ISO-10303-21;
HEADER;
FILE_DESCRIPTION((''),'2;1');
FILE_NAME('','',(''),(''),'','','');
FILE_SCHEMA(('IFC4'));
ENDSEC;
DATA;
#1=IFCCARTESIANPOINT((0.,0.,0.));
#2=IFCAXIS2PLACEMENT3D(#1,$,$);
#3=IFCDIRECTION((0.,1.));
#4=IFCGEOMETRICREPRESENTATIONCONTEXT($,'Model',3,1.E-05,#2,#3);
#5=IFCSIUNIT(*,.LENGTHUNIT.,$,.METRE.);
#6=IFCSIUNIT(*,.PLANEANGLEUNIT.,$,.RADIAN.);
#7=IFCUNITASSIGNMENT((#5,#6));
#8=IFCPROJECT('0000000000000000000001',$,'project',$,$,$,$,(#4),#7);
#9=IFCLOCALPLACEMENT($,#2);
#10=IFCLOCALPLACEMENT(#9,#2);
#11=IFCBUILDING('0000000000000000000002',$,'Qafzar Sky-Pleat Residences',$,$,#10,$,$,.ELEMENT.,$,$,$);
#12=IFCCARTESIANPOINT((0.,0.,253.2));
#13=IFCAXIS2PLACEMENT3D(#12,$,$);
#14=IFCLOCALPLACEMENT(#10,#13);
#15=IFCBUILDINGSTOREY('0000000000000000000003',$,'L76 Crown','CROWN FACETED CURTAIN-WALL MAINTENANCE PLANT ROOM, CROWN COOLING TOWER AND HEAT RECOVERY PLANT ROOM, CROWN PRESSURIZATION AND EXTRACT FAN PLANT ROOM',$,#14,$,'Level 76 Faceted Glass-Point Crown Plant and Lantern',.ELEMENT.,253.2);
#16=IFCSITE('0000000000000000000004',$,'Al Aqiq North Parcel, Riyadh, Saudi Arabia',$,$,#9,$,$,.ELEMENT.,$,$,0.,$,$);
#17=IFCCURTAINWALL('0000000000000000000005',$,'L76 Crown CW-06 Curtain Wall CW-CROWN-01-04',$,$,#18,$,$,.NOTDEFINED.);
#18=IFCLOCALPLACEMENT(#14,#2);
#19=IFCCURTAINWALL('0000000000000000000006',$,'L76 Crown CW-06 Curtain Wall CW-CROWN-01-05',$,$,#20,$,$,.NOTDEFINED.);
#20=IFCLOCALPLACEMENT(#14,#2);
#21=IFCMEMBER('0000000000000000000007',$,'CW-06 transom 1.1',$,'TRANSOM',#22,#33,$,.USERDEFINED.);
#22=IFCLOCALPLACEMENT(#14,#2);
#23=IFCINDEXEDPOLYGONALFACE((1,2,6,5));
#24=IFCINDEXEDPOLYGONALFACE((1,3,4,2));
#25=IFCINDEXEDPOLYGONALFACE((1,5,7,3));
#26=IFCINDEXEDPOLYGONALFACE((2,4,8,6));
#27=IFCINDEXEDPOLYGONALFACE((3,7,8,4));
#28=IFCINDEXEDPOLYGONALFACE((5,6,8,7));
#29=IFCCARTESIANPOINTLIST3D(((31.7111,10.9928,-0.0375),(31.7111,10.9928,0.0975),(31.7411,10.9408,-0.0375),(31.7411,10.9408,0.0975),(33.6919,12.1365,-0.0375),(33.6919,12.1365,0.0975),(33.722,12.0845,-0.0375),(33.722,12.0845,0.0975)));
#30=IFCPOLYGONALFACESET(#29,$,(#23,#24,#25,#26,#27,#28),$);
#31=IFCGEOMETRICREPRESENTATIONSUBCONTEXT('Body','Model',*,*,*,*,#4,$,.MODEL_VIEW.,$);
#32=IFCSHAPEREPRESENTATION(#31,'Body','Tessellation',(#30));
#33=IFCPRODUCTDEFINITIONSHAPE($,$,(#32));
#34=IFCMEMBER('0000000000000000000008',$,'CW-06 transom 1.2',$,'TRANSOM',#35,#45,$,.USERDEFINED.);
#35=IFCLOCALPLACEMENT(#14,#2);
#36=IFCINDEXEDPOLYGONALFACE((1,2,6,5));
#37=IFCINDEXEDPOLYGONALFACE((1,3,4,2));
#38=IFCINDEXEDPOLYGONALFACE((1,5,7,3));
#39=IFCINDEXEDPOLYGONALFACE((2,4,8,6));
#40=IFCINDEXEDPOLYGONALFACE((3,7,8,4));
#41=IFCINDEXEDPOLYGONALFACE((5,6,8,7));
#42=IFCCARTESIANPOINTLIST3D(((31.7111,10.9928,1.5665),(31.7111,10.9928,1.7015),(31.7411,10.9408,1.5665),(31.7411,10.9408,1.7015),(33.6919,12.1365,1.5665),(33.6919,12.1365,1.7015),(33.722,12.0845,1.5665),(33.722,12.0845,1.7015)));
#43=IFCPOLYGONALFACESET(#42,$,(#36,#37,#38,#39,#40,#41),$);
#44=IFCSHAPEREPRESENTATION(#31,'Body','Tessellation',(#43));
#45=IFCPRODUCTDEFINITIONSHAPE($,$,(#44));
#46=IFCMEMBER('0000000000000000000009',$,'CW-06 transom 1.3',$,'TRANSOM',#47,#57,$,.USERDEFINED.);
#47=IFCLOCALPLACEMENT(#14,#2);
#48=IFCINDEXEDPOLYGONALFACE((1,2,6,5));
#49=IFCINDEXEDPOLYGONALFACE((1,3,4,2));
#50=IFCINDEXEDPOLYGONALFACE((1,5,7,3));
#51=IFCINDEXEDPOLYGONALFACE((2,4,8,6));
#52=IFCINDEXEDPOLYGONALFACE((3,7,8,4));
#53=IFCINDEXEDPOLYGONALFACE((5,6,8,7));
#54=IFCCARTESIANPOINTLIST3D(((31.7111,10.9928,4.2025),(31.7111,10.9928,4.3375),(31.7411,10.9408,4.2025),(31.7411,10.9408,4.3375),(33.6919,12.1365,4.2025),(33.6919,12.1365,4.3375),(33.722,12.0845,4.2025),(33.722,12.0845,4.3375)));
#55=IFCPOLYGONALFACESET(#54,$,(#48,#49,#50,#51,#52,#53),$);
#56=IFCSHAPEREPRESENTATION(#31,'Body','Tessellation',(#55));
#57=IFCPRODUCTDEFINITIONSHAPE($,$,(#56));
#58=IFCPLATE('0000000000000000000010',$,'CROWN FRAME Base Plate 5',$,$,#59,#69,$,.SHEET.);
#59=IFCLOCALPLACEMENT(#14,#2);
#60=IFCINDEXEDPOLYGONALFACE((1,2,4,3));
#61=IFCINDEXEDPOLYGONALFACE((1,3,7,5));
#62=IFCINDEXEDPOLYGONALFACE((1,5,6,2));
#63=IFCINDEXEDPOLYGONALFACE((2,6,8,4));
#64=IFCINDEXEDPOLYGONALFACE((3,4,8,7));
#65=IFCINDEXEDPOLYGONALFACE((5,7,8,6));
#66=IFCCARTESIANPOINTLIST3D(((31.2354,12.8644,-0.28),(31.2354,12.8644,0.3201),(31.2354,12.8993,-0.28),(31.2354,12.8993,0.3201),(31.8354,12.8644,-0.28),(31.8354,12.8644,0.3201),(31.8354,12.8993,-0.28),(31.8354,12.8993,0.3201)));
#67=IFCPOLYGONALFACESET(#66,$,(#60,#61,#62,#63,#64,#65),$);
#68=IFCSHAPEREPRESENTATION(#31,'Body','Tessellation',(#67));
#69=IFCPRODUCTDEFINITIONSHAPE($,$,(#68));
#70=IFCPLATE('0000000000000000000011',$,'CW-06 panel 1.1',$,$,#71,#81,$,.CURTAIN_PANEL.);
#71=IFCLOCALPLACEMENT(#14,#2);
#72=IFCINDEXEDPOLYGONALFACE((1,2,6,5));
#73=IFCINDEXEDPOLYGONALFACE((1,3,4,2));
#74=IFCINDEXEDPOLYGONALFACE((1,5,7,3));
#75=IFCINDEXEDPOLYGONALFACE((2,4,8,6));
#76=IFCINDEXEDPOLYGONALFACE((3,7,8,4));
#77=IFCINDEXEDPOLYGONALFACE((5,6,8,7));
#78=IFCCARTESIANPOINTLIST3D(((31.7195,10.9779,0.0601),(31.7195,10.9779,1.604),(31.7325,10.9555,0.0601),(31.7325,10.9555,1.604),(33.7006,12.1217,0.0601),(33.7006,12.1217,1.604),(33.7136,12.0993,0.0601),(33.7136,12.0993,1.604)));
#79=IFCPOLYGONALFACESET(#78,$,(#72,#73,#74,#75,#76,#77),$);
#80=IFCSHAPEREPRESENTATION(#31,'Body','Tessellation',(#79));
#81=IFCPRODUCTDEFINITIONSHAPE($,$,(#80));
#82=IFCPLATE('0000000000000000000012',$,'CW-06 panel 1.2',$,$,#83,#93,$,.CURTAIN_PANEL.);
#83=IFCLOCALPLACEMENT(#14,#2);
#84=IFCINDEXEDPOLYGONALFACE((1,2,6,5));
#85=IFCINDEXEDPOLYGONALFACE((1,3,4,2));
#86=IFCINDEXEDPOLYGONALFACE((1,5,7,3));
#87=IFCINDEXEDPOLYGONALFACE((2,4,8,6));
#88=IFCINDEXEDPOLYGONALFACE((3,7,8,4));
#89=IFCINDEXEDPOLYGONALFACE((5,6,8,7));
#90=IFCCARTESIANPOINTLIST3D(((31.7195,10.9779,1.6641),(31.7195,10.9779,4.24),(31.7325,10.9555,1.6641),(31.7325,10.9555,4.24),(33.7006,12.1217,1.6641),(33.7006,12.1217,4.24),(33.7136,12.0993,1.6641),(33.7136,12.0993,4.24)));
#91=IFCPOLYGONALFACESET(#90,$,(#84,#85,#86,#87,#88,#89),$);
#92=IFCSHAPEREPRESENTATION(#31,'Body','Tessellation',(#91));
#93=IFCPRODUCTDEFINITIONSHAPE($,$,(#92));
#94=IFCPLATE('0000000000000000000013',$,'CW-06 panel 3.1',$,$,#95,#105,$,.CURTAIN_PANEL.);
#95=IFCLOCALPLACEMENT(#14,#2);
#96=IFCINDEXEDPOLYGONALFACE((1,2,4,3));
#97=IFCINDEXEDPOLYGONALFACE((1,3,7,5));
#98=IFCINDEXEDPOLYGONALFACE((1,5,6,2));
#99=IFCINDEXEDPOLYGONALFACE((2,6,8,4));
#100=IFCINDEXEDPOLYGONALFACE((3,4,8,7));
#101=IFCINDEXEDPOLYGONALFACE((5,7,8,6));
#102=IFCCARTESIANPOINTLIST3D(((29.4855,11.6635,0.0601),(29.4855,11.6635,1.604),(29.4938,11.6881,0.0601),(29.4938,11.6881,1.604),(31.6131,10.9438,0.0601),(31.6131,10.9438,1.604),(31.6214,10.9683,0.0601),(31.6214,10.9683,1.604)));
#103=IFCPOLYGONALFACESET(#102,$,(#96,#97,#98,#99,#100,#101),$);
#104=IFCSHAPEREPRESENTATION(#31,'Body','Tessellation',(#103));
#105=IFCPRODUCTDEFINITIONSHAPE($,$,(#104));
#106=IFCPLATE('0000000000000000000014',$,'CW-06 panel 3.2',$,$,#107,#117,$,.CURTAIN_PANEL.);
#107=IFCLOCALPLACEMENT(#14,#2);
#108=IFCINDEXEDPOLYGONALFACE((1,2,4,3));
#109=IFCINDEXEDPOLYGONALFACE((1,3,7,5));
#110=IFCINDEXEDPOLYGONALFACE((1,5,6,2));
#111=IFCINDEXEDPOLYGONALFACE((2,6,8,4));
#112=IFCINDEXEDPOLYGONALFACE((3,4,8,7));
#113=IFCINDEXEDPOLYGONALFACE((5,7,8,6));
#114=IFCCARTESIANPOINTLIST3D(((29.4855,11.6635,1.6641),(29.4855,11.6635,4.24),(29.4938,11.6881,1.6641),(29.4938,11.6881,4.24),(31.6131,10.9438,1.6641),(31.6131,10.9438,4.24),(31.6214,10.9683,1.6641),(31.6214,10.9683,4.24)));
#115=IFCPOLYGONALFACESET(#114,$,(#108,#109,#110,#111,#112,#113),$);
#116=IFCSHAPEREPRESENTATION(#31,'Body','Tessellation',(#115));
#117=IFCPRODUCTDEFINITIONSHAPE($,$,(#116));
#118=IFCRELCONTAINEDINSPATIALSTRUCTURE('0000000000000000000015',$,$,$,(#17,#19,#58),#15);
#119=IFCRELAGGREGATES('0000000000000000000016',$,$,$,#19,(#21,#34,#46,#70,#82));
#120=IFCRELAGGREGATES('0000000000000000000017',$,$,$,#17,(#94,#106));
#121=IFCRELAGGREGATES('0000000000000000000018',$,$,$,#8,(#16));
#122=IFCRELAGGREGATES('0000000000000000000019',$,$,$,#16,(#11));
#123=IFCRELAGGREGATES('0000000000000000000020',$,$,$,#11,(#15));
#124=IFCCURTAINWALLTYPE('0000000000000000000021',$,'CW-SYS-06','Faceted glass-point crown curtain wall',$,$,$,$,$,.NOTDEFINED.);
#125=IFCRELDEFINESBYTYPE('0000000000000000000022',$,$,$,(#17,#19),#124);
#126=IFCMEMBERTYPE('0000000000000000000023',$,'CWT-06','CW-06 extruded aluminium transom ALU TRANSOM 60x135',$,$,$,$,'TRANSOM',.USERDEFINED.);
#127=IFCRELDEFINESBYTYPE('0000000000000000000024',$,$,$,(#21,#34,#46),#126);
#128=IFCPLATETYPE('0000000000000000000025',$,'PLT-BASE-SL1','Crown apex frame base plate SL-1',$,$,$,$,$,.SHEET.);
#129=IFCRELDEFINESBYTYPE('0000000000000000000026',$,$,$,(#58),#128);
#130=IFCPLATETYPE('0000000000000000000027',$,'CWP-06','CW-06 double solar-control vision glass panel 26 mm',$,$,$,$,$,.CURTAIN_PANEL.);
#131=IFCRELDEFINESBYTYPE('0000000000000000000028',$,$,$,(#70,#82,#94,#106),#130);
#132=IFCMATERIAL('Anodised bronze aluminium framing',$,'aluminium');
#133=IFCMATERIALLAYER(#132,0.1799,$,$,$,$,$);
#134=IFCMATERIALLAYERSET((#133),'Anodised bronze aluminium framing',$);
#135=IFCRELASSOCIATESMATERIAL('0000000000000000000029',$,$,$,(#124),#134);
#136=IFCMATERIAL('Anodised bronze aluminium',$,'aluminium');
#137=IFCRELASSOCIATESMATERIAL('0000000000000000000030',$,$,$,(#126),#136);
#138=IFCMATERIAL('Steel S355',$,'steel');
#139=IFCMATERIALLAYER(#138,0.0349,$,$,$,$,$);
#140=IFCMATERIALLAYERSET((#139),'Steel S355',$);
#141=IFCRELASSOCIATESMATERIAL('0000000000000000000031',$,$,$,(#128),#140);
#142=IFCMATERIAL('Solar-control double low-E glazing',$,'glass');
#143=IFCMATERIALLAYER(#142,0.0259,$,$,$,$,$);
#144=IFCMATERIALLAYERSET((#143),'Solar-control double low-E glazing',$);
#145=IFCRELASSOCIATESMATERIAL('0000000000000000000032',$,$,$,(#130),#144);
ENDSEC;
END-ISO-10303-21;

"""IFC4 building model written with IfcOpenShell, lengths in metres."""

from ifc_helpers import new_model, si_unit, direction, frame, origin, origin_2d, place, context, subcontext, project, spatial, rectangle, extrude, source, transform, mapped, material, layer, layer_set, material_profile, profile_set, type_object, element, aggregate, save


model = new_model("IFC4")

# Units and contexts
model_context = context("Model", 3, precision=1e-05, world=origin(), true_north=direction((0.0, 1.0)))
body_context = subcontext(model_context, "Body", "Model", "MODEL_VIEW")
ifc_project = project(units=[si_unit("LENGTHUNIT", "METRE"), si_unit("PLANEANGLEUNIT", "RADIAN")], contexts=[model_context])

# Site, building, storey
site_placement = place(None, origin())
site = spatial("IfcSite", under=ifc_project, at=site_placement, Name="Al Aqiq North Parcel, Riyadh, Saudi Arabia", CompositionType="ELEMENT", RefElevation=0.0)
building_placement = place(site_placement, origin())
building = spatial("IfcBuilding", under=site, at=building_placement, Name="Qafzar Sky-Pleat Residences", CompositionType="ELEMENT")
storey_placement = place(building_placement, frame((0.0, 0.0, 253.2)))
storey = spatial("IfcBuildingStorey", under=building, at=storey_placement, Name="L76 Crown", Description="CROWN FACETED CURTAIN-WALL MAINTENANCE PLANT ROOM, CROWN COOLING TOWER AND HEAT RECOVERY PLANT ROOM, CROWN PRESSURIZATION AND EXTRACT FAN PLANT ROOM", LongName="Level 76 Faceted Glass-Point Crown Plant and Lantern", CompositionType="ELEMENT", Elevation=253.2)

# Shared definitions
ifc_material_1 = material(Name="Steel S355", Category="steel")

# Curtain walls
ifc_material_2 = material(Name="Anodised bronze aluminium framing", Category="aluminium")
ifc_layer_1 = layer(ifc_material_2, 0.1799)
ifc_layer_set_1 = layer_set([ifc_layer_1], Name="Anodised bronze aluminium framing")
curtain_wall_type = type_object("IfcCurtainWallType", Name="CW-SYS-06", Description="Faceted glass-point crown curtain wall", PredefinedType="NOTDEFINED", material=ifc_layer_set_1)
curtain_wall_1_placement = place(storey_placement, origin())
curtain_wall_1 = element("IfcCurtainWall", 1, at=curtain_wall_1_placement, inside=storey, type_object=curtain_wall_type, Name="L76 Crown CW-06 Curtain Wall CW-CROWN-01-04", PredefinedType="NOTDEFINED")
ifc_material_3 = material(Name="Anodised bronze aluminium", Category="aluminium")
curtain_wall_2_placement = place(storey_placement, origin())
curtain_wall_2 = element("IfcCurtainWall", 2, at=curtain_wall_2_placement, inside=storey, type_object=curtain_wall_type, Name="L76 Crown CW-06 Curtain Wall CW-CROWN-01-05", PredefinedType="NOTDEFINED")
ifc_material_profile_1 = material_profile(ifc_material_3, rectangle(XDim=0.0601, YDim=0.135, at=origin_2d()), Name="ALU TRANSOM 60x135")
ifc_profile_set_1 = profile_set([ifc_material_profile_1], Name="Anodised bronze aluminium")
member_type_1 = type_object("IfcMemberType", Name="CWT-06", Description="CW-06 extruded aluminium transom ALU TRANSOM 60x135", ElementType="TRANSOM", PredefinedType="USERDEFINED", material=ifc_profile_set_1)

# Members
shared_shape_1 = source(origin(), body_context, "Body", "SweptSolid", [
    extrude(rectangle(XDim=0.0601, YDim=0.135, at=origin_2d()), origin(), (0.0, 0.0, 1.0), 2.2874),
])
member_1_placement = place(storey_placement, frame((31.7261, 10.9668, 0.03), z_axis=(0.866008, 0.50003, 0.0), x_axis=(-0.50003, 0.866008, 0.0)))
member_1 = element("IfcMember", 3, at=member_1_placement, type_object=member_type_1, Name="CW-06 transom 1.1", ObjectType="TRANSOM", PredefinedType="USERDEFINED", context=body_context, shape_type="MappedRepresentation", body=[
    mapped(shared_shape_1, transform((0.0, 0.0, 0.0), x_axis=(1.0, 0.0, 0.0), y_axis=(0.0, 1.0, 0.0), z_axis=(0.0, 0.0, 1.0), scale=1.0)),
])
member_2_placement = place(storey_placement, frame((31.7261, 10.9668, 1.634), z_axis=(0.866008, 0.50003, 0.0), x_axis=(-0.50003, 0.866008, 0.0)))
member_2 = element("IfcMember", 4, at=member_2_placement, type_object=member_type_1, Name="CW-06 transom 1.2", ObjectType="TRANSOM", PredefinedType="USERDEFINED", context=body_context, shape_type="MappedRepresentation", body=[
    mapped(shared_shape_1, transform((0.0, 0.0, 0.0), x_axis=(1.0, 0.0, 0.0), y_axis=(0.0, 1.0, 0.0), z_axis=(0.0, 0.0, 1.0), scale=1.0)),
])
member_3_placement = place(storey_placement, frame((31.7261, 10.9668, 4.27), z_axis=(0.866008, 0.50003, 0.0), x_axis=(-0.50003, 0.866008, 0.0)))
member_3 = element("IfcMember", 5, at=member_3_placement, type_object=member_type_1, Name="CW-06 transom 1.3", ObjectType="TRANSOM", PredefinedType="USERDEFINED", context=body_context, shape_type="MappedRepresentation", body=[
    mapped(shared_shape_1, transform((0.0, 0.0, 0.0), x_axis=(1.0, 0.0, 0.0), y_axis=(0.0, 1.0, 0.0), z_axis=(0.0, 0.0, 1.0), scale=1.0)),
])

# Plates
ifc_layer_2 = layer(ifc_material_1, 0.0349)
ifc_layer_set_2 = layer_set([ifc_layer_2], Name="Steel S355")
plate_type_1 = type_object("IfcPlateType", Name="PLT-BASE-SL1", Description="Crown apex frame base plate SL-1", PredefinedType="SHEET", material=ifc_layer_set_2)
shared_shape_2 = source(origin(), body_context, "Body", "SweptSolid", [
    extrude(rectangle(XDim=0.6001, YDim=0.0349, at=origin_2d()), origin(), (0.0, 0.0, 1.0), 0.6001),
])
plate_1_placement = place(storey_placement, frame((31.5354, 12.8818, -0.28), z_axis=(0.0, 0.0, 1.0), x_axis=(1.0, 0.0, 0.0)))
element("IfcPlate", 6, at=plate_1_placement, inside=storey, type_object=plate_type_1, Name="CROWN FRAME Base Plate 5", PredefinedType="SHEET", context=body_context, shape_type="MappedRepresentation", body=[
    mapped(shared_shape_2, transform((0.0, 0.0, 0.0), x_axis=(1.0, 0.0, 0.0), y_axis=(0.0, 1.0, 0.0), z_axis=(0.0, 0.0, 1.0), scale=1.0)),
])
ifc_material_4 = material(Name="Solar-control double low-E glazing", Category="glass")
ifc_layer_3 = layer(ifc_material_4, 0.0259)
ifc_layer_set_3 = layer_set([ifc_layer_3], Name="Solar-control double low-E glazing")
plate_type_2 = type_object("IfcPlateType", Name="CWP-06", Description="CW-06 double solar-control vision glass panel 26 mm", PredefinedType="CURTAIN_PANEL", material=ifc_layer_set_3)
shared_shape_3 = source(origin(), body_context, "Body", "SweptSolid", [
    extrude(rectangle(XDim=2.2876, YDim=0.0259, at=origin_2d()), origin(), (0.0, 0.0, 1.0), 1.5439),
])
plate_2_placement = place(storey_placement, frame((32.7166, 11.5386, 0.0601), z_axis=(0.0, 0.0, 1.0), x_axis=(0.866023, 0.500003, 0.0)))
plate_2 = element("IfcPlate", 7, at=plate_2_placement, type_object=plate_type_2, Name="CW-06 panel 1.1", PredefinedType="CURTAIN_PANEL", context=body_context, shape_type="MappedRepresentation", body=[
    mapped(shared_shape_3, transform((0.0, 0.0, 0.0), x_axis=(1.0, 0.0, 0.0), y_axis=(0.0, 1.0, 0.0), z_axis=(0.0, 0.0, 1.0), scale=1.0)),
])
shared_shape_4 = source(origin(), body_context, "Body", "SweptSolid", [
    extrude(rectangle(XDim=2.2876, YDim=0.0259, at=origin_2d()), origin(), (0.0, 0.0, 1.0), 2.5759),
])
plate_3_placement = place(storey_placement, frame((32.7166, 11.5386, 1.6641), z_axis=(0.0, 0.0, 1.0), x_axis=(0.866023, 0.500003, 0.0)))
plate_3 = element("IfcPlate", 8, at=plate_3_placement, type_object=plate_type_2, Name="CW-06 panel 1.2", PredefinedType="CURTAIN_PANEL", context=body_context, shape_type="MappedRepresentation", body=[
    mapped(shared_shape_4, transform((0.0, 0.0, 0.0), x_axis=(1.0, 0.0, 0.0), y_axis=(0.0, 1.0, 0.0), z_axis=(0.0, 0.0, 1.0), scale=1.0)),
])
aggregate(curtain_wall_2, [member_1, member_2, member_3, plate_2, plate_3])
shared_shape_5 = source(origin(), body_context, "Body", "SweptSolid", [
    extrude(rectangle(XDim=2.2461, YDim=0.0259, at=origin_2d()), origin(), (0.0, 0.0, 1.0), 1.5439),
])
plate_4_placement = place(storey_placement, frame((30.5535, 11.3159, 0.0601), z_axis=(0.0, 0.0, 1.0), x_axis=(0.947264, -0.320454, 0.0)))
plate_4 = element("IfcPlate", 9, at=plate_4_placement, type_object=plate_type_2, Name="CW-06 panel 3.1", PredefinedType="CURTAIN_PANEL", context=body_context, shape_type="MappedRepresentation", body=[
    mapped(shared_shape_5, transform((0.0, 0.0, 0.0), x_axis=(1.0, 0.0, 0.0), y_axis=(0.0, 1.0, 0.0), z_axis=(0.0, 0.0, 1.0), scale=1.0)),
])
shared_shape_6 = source(origin(), body_context, "Body", "SweptSolid", [
    extrude(rectangle(XDim=2.2461, YDim=0.0259, at=origin_2d()), origin(), (0.0, 0.0, 1.0), 2.5759),
])
plate_5_placement = place(storey_placement, frame((30.5535, 11.3159, 1.6641), z_axis=(0.0, 0.0, 1.0), x_axis=(0.947264, -0.320454, 0.0)))
plate_5 = element("IfcPlate", 10, at=plate_5_placement, type_object=plate_type_2, Name="CW-06 panel 3.2", PredefinedType="CURTAIN_PANEL", context=body_context, shape_type="MappedRepresentation", body=[
    mapped(shared_shape_6, transform((0.0, 0.0, 0.0), x_axis=(1.0, 0.0, 0.0), y_axis=(0.0, 1.0, 0.0), z_axis=(0.0, 0.0, 1.0), scale=1.0)),
])
aggregate(curtain_wall_1, [plate_4, plate_5])

save(model, "model.ifc")
